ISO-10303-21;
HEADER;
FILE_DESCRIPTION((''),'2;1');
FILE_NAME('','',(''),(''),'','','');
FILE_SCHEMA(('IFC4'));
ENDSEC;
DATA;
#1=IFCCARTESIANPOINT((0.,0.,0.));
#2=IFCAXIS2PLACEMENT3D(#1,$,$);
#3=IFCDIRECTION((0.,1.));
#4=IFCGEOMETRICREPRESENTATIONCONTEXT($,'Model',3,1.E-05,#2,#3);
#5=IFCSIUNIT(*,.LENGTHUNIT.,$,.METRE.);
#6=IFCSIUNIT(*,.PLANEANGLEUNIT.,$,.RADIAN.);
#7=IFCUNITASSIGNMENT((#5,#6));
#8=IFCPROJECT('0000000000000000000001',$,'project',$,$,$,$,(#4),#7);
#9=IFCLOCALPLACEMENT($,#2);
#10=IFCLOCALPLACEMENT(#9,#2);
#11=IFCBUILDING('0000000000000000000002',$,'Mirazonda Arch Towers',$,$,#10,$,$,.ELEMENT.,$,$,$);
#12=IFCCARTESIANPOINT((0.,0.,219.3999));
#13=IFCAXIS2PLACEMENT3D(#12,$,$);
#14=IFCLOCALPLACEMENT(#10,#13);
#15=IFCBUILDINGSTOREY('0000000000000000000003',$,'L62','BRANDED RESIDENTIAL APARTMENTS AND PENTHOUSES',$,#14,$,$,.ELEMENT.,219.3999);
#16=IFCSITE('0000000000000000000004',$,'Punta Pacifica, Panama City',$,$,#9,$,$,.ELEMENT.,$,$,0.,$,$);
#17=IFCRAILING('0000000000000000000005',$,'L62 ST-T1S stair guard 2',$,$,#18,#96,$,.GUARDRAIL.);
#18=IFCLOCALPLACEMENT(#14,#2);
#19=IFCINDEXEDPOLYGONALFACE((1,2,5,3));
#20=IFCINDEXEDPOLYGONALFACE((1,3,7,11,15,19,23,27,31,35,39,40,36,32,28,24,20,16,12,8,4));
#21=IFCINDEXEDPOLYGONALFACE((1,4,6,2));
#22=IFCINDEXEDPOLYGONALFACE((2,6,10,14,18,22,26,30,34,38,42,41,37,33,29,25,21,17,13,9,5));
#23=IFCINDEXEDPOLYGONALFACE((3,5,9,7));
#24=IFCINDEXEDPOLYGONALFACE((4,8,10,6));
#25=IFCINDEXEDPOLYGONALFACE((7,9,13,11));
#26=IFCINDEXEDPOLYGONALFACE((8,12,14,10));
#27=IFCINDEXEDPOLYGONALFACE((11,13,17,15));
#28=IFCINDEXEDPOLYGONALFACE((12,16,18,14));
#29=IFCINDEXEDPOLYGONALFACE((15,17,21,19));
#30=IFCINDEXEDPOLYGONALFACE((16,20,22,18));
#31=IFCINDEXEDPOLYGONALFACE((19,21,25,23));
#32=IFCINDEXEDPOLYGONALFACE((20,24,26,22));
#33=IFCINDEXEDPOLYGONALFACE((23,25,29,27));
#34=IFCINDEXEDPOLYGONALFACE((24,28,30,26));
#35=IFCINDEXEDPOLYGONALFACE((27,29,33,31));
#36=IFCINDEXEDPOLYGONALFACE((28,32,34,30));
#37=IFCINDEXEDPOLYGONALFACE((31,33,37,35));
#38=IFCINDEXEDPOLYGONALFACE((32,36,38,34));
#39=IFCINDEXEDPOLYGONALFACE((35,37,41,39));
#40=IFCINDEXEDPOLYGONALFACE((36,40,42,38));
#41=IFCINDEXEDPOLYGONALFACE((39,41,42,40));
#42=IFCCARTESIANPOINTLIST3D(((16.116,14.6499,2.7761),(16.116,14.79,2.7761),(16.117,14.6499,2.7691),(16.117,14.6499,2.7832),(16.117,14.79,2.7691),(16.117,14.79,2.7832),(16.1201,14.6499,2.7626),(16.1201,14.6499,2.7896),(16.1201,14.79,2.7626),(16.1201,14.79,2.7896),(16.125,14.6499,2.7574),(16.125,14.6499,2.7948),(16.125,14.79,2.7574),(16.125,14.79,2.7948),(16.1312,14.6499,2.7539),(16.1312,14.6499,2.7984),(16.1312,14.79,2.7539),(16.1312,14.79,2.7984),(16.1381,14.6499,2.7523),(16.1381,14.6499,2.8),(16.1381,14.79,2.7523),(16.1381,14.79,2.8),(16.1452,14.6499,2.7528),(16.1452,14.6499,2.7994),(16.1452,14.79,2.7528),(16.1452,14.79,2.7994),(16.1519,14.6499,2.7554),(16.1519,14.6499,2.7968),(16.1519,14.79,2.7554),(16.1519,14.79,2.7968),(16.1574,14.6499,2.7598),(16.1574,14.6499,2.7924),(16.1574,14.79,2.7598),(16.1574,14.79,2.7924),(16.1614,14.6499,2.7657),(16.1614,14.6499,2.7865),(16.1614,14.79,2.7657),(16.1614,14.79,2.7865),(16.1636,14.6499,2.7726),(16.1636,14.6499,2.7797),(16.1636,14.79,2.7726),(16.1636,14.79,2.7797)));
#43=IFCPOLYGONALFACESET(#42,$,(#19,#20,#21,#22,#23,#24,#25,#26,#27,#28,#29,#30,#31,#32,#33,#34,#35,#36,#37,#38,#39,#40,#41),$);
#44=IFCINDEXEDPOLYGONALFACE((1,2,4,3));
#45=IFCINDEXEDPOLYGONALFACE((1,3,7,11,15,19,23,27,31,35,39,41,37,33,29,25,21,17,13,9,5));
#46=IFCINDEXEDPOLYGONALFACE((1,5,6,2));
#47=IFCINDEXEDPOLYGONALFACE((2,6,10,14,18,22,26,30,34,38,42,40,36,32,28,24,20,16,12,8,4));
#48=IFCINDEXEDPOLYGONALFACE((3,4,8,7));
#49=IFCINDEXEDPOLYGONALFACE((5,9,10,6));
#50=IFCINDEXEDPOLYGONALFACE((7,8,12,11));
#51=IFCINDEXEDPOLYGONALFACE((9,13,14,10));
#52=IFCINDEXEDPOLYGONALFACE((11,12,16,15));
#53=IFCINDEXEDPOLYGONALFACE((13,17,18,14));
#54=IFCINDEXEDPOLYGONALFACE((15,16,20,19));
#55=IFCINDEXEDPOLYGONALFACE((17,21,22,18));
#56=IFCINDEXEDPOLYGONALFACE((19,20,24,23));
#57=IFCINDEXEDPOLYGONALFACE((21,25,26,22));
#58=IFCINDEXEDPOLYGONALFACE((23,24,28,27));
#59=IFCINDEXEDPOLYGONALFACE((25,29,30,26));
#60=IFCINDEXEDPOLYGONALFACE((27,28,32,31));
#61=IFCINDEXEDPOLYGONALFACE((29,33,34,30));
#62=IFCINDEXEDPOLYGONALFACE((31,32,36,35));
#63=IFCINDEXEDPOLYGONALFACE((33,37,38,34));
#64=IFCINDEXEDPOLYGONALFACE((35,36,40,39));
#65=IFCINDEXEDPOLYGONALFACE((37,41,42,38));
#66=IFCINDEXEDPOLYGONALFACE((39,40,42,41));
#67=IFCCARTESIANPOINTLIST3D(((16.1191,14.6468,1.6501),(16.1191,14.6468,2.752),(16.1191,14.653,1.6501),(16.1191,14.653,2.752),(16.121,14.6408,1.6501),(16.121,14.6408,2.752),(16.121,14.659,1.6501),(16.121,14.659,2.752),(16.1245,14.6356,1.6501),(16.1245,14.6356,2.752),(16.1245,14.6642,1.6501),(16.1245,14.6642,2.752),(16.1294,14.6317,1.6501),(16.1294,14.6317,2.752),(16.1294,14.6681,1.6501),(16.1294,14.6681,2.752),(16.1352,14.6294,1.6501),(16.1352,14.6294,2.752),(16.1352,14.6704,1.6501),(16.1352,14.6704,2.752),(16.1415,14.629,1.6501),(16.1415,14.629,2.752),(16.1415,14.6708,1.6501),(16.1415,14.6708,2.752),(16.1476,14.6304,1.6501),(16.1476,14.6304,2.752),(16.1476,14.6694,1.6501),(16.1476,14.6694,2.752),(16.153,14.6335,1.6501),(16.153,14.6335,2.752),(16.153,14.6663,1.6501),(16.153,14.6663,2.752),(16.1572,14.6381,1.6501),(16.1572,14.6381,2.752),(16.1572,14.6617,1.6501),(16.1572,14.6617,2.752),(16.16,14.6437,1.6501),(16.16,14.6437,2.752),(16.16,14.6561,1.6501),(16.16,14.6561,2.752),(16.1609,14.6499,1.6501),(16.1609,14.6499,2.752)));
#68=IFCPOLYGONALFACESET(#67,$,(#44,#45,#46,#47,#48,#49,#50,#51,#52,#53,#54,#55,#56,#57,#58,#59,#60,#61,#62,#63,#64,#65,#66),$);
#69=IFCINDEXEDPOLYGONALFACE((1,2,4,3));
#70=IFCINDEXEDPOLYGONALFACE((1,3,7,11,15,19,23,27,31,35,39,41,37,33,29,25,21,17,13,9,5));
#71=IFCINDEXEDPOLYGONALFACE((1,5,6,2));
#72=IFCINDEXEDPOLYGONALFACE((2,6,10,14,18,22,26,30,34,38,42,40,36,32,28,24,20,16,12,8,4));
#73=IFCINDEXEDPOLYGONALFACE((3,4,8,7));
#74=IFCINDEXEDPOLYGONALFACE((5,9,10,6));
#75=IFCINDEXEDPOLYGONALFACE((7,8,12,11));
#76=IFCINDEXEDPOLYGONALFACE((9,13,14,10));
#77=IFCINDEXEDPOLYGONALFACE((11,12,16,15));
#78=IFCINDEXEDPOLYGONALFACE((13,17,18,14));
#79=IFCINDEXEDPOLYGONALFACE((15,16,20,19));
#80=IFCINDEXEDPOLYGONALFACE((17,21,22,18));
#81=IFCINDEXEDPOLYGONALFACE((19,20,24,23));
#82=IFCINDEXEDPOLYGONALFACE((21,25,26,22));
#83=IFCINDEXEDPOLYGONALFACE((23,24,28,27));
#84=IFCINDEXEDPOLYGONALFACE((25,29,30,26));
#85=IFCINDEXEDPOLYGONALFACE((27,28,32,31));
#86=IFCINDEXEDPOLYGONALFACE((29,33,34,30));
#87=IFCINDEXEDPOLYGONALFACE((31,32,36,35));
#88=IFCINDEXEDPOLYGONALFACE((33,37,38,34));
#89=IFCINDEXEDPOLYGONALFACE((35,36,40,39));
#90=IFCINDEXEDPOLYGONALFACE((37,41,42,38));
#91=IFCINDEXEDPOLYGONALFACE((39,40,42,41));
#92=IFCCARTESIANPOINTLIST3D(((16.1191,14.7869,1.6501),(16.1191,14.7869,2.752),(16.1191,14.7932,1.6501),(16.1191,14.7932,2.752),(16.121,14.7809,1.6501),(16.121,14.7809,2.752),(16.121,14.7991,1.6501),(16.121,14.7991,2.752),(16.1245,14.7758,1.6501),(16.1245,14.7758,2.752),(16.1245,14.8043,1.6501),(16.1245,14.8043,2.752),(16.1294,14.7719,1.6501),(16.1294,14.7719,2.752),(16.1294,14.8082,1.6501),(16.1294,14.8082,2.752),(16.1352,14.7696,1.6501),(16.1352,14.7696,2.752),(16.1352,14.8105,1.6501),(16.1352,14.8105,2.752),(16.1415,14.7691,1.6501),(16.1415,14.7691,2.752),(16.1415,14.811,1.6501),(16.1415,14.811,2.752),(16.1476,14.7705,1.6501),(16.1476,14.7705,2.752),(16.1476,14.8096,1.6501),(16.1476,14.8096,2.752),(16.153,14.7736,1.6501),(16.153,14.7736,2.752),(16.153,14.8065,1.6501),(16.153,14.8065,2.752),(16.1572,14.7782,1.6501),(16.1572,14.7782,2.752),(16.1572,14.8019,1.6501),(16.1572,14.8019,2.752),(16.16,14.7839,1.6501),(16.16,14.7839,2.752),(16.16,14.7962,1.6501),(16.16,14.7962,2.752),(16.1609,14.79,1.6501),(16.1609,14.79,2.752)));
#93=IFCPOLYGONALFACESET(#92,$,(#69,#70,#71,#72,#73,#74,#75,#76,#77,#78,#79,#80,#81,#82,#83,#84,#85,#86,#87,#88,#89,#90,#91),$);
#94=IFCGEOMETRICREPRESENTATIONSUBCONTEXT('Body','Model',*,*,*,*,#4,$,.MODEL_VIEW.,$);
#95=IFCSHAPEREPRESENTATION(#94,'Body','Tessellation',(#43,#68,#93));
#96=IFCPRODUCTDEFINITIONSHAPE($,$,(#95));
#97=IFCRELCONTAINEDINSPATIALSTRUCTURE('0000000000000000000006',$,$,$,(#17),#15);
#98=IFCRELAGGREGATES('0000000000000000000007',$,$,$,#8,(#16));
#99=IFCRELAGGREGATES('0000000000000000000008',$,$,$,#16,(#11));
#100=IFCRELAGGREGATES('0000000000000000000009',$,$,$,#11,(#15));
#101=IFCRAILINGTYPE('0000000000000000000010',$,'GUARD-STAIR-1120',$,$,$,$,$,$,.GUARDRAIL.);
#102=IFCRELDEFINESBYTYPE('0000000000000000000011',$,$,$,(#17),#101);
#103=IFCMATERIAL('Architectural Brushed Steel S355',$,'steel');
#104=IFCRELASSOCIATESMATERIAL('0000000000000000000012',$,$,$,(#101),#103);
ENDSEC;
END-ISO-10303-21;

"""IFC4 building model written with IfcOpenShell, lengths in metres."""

from ifc_helpers import new_model, si_unit, direction, frame, origin, origin_2d, place, context, subcontext, project, spatial, circle, extrude, material, type_object, element, save


model = new_model("IFC4")

# Units and contexts
model_context = context("Model", 3, precision=1e-05, world=origin(), true_north=direction((0.0, 1.0)))
body_context = subcontext(model_context, "Body", "Model", "MODEL_VIEW")
ifc_project = project(units=[si_unit("LENGTHUNIT", "METRE"), si_unit("PLANEANGLEUNIT", "RADIAN")], contexts=[model_context])

# Site, building, storey
site_placement = place(None, origin())
site = spatial("IfcSite", under=ifc_project, at=site_placement, Name="Punta Pacifica, Panama City", CompositionType="ELEMENT", RefElevation=0.0)
building_placement = place(site_placement, origin())
building = spatial("IfcBuilding", under=site, at=building_placement, Name="Mirazonda Arch Towers", CompositionType="ELEMENT")
storey_placement = place(building_placement, frame((0.0, 0.0, 219.3999)))
storey = spatial("IfcBuildingStorey", under=building, at=storey_placement, Name="L62", Description="BRANDED RESIDENTIAL APARTMENTS AND PENTHOUSES", CompositionType="ELEMENT", Elevation=219.3999)

# Shared definitions
ifc_material_1 = material(Name="Architectural Brushed Steel S355", Category="steel")

# Railing
railing_type_1 = type_object("IfcRailingType", Name="GUARD-STAIR-1120", PredefinedType="GUARDRAIL", material=ifc_material_1)
railing_1_placement = place(storey_placement, frame((16.1399, 14.6499, 1.6501)))
element("IfcRailing", 1, at=railing_1_placement, inside=storey, type_object=railing_type_1, Name="L62 ST-T1S stair guard 2", PredefinedType="GUARDRAIL", context=body_context, shape_type="SweptSolid", body=[
    extrude(circle(Radius=0.0239, at=origin_2d()), frame((0.0, 0.0, 1.126), z_axis=(0.0, 1.0, 0.0), x_axis=(-1.0, 0.0, 0.0)), (0.0, 0.0, 1.0), 0.1401),
    extrude(circle(Radius=0.021, at=origin_2d()), origin(), (0.0, 0.0, 1.0), 1.1018),
    extrude(circle(Radius=0.021, at=origin_2d()), frame((0.0, 0.1401, 0.0)), (0.0, 0.0, 1.0), 1.1018),
])

save(model, "model.ifc")
